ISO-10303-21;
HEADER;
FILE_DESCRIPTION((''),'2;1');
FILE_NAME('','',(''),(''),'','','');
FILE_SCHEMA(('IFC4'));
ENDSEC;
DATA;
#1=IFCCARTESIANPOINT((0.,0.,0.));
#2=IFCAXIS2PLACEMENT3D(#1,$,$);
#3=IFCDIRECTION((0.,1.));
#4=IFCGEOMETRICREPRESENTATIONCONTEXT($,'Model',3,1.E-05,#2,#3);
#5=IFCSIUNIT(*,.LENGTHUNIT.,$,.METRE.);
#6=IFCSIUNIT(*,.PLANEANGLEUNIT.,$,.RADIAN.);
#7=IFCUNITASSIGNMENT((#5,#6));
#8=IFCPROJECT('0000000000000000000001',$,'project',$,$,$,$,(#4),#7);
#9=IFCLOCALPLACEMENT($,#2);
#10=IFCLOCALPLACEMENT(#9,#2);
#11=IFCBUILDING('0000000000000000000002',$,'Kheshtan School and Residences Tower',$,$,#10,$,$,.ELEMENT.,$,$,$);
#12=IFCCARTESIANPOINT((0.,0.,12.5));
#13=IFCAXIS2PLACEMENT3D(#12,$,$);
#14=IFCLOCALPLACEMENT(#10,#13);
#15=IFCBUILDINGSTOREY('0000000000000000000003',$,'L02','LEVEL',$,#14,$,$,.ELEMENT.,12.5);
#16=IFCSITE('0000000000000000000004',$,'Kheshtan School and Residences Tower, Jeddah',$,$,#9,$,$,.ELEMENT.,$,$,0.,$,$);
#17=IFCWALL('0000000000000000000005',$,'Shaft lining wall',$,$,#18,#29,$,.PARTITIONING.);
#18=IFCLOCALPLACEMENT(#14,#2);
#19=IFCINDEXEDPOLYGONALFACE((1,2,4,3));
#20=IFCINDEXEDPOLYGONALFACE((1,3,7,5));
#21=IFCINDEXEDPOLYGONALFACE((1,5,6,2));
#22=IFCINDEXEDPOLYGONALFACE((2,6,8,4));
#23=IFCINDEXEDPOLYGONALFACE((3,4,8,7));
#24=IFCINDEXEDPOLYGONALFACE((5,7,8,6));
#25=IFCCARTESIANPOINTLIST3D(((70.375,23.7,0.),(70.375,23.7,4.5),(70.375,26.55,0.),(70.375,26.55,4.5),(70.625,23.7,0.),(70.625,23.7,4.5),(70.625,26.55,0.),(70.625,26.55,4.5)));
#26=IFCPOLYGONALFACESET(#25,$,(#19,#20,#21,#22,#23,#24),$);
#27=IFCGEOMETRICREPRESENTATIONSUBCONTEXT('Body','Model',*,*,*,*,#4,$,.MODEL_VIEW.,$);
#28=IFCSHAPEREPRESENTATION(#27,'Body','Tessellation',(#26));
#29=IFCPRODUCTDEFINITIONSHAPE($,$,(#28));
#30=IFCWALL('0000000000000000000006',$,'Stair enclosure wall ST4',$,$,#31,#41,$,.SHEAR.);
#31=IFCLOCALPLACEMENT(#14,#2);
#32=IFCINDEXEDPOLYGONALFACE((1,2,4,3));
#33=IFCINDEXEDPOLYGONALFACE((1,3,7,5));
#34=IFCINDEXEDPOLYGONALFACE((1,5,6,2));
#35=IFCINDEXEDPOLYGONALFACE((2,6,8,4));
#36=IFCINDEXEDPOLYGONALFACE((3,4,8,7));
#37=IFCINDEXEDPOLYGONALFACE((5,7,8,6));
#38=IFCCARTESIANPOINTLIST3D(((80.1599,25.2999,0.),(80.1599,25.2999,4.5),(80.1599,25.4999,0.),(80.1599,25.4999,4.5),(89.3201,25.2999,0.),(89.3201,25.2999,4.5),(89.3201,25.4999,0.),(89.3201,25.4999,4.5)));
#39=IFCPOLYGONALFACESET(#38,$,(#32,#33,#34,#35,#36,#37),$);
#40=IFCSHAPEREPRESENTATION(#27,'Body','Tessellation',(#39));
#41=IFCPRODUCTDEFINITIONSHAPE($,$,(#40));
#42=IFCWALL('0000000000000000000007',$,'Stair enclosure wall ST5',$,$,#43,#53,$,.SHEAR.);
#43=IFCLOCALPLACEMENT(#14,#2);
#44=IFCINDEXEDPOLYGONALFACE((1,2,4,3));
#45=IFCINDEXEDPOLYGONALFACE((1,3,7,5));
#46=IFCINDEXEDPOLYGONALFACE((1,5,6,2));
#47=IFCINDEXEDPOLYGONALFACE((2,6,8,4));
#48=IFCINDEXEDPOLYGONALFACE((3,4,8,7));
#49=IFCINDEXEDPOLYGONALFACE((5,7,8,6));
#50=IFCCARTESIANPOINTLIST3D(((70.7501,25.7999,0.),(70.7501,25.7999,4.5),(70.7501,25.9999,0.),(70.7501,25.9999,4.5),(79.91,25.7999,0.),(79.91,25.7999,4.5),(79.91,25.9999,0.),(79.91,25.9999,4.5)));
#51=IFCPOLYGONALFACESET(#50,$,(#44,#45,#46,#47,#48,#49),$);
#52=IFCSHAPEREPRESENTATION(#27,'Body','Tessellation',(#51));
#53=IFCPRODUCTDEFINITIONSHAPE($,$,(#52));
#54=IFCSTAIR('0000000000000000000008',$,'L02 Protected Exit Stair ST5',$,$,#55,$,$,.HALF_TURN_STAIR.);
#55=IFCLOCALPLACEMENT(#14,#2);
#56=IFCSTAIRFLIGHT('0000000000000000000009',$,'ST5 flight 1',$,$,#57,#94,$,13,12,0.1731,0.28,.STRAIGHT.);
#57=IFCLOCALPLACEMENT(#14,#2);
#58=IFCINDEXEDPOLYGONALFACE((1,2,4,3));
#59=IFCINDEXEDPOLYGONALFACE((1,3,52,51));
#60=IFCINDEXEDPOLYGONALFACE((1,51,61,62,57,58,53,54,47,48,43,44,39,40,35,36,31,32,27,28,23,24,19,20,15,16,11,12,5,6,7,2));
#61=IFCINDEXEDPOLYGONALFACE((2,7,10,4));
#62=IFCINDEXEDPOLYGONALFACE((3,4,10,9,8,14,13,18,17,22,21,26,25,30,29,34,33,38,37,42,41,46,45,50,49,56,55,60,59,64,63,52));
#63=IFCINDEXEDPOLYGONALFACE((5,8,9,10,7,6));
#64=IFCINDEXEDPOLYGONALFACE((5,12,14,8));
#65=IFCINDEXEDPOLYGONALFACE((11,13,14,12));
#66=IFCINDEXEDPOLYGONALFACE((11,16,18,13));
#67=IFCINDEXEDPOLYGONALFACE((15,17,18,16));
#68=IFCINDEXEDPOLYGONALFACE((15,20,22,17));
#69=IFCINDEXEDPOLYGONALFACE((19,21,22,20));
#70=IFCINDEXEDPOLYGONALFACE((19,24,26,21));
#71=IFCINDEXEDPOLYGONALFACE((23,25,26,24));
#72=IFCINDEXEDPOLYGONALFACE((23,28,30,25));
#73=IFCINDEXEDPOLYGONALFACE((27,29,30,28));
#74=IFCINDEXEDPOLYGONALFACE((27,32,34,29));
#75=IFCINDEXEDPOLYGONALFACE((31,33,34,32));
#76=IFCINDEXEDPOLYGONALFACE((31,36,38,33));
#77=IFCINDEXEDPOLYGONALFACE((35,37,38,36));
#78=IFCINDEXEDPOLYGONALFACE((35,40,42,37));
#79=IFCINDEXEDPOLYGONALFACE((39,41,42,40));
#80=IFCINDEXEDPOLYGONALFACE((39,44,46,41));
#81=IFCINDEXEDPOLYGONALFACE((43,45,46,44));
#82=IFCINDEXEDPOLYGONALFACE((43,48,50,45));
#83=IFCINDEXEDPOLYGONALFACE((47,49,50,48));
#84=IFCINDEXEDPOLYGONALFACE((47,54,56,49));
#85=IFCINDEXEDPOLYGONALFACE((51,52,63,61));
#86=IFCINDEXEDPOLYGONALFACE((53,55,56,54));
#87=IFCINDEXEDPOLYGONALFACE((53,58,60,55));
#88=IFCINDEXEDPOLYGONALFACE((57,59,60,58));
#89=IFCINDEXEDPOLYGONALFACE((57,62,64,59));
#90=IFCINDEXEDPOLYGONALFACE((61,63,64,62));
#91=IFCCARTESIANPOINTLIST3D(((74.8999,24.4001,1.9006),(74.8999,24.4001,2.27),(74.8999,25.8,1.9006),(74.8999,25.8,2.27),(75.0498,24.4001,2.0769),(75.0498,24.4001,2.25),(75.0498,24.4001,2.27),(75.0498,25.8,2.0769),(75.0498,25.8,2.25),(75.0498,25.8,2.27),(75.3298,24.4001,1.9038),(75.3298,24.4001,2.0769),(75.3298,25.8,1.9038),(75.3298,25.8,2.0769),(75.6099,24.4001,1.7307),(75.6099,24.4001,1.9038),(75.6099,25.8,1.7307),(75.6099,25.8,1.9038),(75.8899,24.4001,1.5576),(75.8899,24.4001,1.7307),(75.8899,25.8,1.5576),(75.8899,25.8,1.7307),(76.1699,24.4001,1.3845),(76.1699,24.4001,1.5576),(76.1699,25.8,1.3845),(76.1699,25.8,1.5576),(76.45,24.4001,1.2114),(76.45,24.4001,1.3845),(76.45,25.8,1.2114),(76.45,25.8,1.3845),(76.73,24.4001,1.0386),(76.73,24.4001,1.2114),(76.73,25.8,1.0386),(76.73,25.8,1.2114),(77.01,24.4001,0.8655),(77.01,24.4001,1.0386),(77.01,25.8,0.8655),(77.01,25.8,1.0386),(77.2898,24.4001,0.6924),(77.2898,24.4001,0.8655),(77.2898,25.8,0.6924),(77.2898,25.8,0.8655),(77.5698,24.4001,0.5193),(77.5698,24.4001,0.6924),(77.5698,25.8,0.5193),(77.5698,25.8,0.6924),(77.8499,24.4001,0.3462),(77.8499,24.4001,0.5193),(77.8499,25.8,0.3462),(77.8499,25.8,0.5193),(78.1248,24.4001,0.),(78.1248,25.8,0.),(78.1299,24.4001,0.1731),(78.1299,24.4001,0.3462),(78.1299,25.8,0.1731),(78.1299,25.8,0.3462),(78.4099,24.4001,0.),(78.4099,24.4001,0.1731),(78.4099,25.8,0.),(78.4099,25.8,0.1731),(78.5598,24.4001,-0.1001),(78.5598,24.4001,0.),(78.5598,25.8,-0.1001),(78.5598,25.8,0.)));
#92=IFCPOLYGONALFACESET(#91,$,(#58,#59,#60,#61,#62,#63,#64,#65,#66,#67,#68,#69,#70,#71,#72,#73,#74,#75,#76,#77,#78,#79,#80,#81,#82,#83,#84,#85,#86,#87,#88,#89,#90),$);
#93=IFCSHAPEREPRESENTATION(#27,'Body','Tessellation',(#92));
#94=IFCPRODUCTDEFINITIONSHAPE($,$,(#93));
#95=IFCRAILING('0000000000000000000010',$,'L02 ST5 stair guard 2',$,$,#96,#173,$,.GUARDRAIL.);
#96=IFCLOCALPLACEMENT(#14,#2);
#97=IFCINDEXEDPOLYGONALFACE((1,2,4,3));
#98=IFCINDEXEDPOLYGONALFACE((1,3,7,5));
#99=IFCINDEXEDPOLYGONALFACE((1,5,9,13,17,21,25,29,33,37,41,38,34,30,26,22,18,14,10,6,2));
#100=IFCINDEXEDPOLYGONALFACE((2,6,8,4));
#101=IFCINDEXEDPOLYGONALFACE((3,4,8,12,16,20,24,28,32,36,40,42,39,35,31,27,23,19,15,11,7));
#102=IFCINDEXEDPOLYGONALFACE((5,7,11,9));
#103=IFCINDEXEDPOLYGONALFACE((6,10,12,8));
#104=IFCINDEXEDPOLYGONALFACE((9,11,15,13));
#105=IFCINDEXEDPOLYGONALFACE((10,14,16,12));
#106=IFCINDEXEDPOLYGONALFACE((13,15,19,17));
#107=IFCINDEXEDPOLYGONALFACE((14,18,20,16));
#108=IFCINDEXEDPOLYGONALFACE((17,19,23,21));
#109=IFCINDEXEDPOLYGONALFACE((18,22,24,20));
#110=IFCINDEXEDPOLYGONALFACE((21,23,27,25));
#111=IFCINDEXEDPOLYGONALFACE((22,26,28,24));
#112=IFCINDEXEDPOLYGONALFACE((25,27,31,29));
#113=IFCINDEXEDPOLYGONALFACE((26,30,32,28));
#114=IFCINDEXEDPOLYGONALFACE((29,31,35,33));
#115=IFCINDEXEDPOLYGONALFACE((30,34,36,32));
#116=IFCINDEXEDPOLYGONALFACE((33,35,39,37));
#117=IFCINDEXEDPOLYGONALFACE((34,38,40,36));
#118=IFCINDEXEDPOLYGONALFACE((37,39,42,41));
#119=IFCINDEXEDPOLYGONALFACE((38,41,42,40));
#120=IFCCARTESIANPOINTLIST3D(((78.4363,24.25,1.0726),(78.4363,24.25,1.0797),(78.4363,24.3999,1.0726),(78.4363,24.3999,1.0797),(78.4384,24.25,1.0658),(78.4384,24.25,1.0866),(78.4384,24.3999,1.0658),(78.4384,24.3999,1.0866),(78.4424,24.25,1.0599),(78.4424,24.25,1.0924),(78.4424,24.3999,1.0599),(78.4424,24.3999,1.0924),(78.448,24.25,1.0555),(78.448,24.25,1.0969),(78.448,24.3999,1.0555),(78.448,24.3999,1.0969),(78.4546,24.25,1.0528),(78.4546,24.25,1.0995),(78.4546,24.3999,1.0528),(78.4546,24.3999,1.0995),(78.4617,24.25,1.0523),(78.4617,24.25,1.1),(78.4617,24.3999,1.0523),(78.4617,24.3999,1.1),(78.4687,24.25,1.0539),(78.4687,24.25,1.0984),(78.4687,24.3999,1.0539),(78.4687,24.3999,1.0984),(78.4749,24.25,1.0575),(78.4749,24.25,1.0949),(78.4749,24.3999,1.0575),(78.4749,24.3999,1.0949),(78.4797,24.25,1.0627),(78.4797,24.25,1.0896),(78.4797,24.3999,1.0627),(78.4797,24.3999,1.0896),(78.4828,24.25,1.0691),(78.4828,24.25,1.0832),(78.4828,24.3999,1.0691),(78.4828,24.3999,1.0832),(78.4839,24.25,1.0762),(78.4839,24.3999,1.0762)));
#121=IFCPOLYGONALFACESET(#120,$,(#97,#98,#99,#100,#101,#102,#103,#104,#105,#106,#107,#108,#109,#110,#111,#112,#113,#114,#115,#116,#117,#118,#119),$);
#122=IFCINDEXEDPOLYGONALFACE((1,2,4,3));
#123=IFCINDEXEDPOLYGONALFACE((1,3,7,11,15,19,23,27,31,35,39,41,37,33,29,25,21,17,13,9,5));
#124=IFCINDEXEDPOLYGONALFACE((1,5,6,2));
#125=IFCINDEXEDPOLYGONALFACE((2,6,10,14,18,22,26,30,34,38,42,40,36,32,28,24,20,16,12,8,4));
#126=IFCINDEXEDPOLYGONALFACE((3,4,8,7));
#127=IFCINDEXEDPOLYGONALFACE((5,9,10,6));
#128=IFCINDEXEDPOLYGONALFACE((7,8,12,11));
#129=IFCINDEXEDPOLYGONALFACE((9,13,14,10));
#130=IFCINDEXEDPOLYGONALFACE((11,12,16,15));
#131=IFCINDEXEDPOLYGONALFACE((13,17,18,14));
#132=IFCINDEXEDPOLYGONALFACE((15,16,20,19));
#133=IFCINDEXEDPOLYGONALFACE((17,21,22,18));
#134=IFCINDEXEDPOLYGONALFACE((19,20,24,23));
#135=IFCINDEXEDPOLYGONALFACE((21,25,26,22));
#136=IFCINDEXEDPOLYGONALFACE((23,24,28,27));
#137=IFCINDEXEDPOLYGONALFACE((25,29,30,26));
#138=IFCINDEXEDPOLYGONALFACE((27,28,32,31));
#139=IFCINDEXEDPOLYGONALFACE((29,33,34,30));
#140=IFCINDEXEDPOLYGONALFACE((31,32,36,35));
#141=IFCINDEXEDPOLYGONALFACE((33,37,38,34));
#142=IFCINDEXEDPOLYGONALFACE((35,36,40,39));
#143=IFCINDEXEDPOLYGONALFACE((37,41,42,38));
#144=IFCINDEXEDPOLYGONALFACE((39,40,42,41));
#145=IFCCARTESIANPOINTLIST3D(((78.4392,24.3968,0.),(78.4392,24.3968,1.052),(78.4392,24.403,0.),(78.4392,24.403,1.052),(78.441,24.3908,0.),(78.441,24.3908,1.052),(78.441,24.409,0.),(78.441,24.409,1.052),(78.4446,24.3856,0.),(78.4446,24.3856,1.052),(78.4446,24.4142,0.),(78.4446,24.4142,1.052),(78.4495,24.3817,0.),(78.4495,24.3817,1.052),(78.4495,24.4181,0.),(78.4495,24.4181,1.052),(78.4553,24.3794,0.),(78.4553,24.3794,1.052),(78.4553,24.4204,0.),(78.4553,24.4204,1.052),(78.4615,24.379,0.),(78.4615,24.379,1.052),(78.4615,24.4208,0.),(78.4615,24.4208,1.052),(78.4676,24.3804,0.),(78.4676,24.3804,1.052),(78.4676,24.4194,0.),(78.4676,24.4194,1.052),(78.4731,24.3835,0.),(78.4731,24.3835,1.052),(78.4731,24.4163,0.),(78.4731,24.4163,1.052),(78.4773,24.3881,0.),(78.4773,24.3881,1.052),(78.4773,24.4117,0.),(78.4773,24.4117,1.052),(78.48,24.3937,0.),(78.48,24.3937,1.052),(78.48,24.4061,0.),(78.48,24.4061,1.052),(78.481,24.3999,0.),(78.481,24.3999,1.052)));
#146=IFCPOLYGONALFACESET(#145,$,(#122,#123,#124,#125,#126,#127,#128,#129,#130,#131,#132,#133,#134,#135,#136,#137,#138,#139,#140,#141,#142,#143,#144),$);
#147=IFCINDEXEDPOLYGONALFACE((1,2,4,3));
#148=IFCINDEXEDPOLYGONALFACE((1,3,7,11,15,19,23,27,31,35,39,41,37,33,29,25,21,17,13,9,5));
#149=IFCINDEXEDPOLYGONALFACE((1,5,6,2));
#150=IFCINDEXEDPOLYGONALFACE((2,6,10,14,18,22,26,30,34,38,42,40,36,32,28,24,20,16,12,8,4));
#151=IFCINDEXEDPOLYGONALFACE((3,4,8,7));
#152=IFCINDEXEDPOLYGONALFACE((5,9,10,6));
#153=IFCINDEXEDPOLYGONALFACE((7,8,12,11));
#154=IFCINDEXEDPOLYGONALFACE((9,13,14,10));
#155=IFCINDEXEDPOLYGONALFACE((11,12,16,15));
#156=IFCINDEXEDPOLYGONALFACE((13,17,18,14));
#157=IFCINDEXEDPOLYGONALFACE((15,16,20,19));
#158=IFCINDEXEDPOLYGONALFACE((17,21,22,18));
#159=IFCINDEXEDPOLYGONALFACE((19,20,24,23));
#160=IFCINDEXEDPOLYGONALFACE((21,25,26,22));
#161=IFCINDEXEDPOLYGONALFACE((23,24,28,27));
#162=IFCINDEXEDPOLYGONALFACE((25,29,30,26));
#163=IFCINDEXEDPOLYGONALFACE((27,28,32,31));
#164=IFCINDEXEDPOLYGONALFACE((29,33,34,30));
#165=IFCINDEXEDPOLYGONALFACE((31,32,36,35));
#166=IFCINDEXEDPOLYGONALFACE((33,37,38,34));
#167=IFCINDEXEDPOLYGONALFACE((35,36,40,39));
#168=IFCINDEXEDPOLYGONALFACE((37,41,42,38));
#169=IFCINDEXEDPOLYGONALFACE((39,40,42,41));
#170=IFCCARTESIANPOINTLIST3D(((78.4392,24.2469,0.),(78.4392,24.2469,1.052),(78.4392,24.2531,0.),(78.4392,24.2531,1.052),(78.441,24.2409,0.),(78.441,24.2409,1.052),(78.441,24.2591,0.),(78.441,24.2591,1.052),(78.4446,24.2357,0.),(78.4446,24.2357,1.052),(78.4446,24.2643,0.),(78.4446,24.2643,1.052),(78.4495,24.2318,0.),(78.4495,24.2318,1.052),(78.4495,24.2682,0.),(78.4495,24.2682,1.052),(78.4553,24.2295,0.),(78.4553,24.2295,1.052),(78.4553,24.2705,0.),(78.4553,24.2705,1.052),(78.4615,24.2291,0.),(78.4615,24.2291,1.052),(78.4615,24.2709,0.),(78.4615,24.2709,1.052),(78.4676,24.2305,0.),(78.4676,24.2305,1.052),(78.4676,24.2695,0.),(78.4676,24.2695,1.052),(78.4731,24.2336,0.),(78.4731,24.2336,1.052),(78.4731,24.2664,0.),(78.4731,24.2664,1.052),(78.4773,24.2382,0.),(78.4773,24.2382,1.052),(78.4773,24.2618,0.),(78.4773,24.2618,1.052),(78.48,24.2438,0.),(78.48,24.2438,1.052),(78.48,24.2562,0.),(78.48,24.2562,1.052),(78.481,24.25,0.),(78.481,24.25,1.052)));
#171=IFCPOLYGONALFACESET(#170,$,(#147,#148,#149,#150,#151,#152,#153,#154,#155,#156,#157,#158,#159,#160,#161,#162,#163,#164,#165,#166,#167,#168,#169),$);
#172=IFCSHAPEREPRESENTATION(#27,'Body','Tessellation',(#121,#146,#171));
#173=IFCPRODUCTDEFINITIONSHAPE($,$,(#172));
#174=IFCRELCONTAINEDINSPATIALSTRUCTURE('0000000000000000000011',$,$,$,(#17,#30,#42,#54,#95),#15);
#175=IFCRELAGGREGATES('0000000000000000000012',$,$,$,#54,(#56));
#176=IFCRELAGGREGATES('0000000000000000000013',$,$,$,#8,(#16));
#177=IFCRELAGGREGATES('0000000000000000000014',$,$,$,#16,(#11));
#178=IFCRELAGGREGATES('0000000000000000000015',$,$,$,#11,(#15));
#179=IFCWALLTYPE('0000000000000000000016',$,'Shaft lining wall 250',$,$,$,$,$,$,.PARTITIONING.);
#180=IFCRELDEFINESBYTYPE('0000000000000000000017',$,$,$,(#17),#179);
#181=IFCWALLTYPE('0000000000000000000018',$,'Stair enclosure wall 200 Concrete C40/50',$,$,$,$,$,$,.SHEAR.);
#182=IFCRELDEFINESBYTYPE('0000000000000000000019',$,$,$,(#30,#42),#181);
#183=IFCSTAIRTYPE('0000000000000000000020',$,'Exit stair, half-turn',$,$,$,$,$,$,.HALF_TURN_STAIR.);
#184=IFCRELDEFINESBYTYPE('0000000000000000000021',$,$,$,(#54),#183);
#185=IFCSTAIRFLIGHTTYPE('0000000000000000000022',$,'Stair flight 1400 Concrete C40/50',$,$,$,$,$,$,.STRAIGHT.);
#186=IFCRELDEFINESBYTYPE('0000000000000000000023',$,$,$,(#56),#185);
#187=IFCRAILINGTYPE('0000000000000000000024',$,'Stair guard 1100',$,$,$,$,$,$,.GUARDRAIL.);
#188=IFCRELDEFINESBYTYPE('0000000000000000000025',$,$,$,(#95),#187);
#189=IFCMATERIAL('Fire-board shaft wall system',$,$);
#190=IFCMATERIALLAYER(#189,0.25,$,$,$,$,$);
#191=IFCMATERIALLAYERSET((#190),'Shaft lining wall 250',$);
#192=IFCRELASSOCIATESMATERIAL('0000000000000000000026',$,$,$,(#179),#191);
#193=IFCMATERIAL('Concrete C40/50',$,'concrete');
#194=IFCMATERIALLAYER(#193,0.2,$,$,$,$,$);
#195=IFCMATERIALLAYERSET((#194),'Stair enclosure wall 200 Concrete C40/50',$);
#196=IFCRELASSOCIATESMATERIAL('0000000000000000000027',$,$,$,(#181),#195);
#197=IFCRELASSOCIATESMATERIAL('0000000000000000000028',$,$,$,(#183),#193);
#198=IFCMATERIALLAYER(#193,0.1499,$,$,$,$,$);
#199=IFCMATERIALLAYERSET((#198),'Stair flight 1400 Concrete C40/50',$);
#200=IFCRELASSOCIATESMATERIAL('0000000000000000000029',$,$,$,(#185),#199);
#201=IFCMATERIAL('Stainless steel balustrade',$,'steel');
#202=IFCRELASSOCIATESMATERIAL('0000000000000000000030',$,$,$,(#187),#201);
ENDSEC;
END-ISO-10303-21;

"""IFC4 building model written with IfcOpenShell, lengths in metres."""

from ifc_helpers import new_model, si_unit, direction, frame, frame_2d, origin, origin_2d, place, context, subcontext, project, spatial, polyline, rectangle, circle, outline, extrude, material, layer, layer_set, type_object, element, aggregate, save


model = new_model("IFC4")

# Units and contexts
model_context = context("Model", 3, precision=1e-05, world=origin(), true_north=direction((0.0, 1.0)))
body_context = subcontext(model_context, "Body", "Model", "MODEL_VIEW")
ifc_project = project(units=[si_unit("LENGTHUNIT", "METRE"), si_unit("PLANEANGLEUNIT", "RADIAN")], contexts=[model_context])

# Site, building, storey
site_placement = place(None, origin())
site = spatial("IfcSite", under=ifc_project, at=site_placement, Name="Kheshtan School and Residences Tower, Jeddah", CompositionType="ELEMENT", RefElevation=0.0)
building_placement = place(site_placement, origin())
building = spatial("IfcBuilding", under=site, at=building_placement, Name="Kheshtan School and Residences Tower", CompositionType="ELEMENT")
storey_placement = place(building_placement, frame((0.0, 0.0, 12.5)))
storey = spatial("IfcBuildingStorey", under=building, at=storey_placement, Name="L02", Description="LEVEL", CompositionType="ELEMENT", Elevation=12.5)

# Walls
ifc_material_1 = material(Name="Fire-board shaft wall system")
ifc_layer_1 = layer(ifc_material_1, 0.25)
ifc_layer_set_1 = layer_set([ifc_layer_1], Name="Shaft lining wall 250")
wall_type_1 = type_object("IfcWallType", Name="Shaft lining wall 250", PredefinedType="PARTITIONING", material=ifc_layer_set_1)
wall_1_placement = place(storey_placement, frame((70.5, 23.7, 0.0), z_axis=(0.0, 0.0, 1.0), x_axis=(0.0, 1.0, 0.0)))
element("IfcWall", 1, at=wall_1_placement, inside=storey, type_object=wall_type_1, Name="Shaft lining wall", PredefinedType="PARTITIONING", context=body_context, shape_type="SweptSolid", body=[
    extrude(rectangle(XDim=2.8501, YDim=0.25, at=frame_2d((1.425, 0.0))), origin(), (0.0, 0.0, 1.0), 4.5),
])
ifc_material_2 = material(Name="Concrete C40/50", Category="concrete")
ifc_layer_2 = layer(ifc_material_2, 0.2)
ifc_layer_set_2 = layer_set([ifc_layer_2], Name="Stair enclosure wall 200 Concrete C40/50")
wall_type_2 = type_object("IfcWallType", Name="Stair enclosure wall 200 Concrete C40/50", PredefinedType="SHEAR", material=ifc_layer_set_2)
wall_2_placement = place(storey_placement, frame((80.1599, 25.3999, 0.0), z_axis=(0.0, 0.0, 1.0), x_axis=(1.0, 0.0, 0.0)))
element("IfcWall", 2, at=wall_2_placement, inside=storey, type_object=wall_type_2, Name="Stair enclosure wall ST4", PredefinedType="SHEAR", context=body_context, shape_type="SweptSolid", body=[
    extrude(rectangle(XDim=9.1602, YDim=0.2, at=frame_2d((4.5801, 0.0))), origin(), (0.0, 0.0, 1.0), 4.5),
])
wall_3_placement = place(storey_placement, frame((70.75, 25.8999, 0.0), z_axis=(0.0, 0.0, 1.0), x_axis=(1.0, 0.0, 0.0)))
element("IfcWall", 3, at=wall_3_placement, inside=storey, type_object=wall_type_2, Name="Stair enclosure wall ST5", PredefinedType="SHEAR", context=body_context, shape_type="SweptSolid", body=[
    extrude(rectangle(XDim=9.1599, YDim=0.2, at=frame_2d((4.5801, 0.0))), origin(), (0.0, 0.0, 1.0), 4.5),
])

# Stair, stair flight
stair_type = type_object("IfcStairType", Name="Exit stair, half-turn", PredefinedType="HALF_TURN_STAIR", material=ifc_material_2)
stair_placement = place(storey_placement, origin())
stair = element("IfcStair", 4, at=stair_placement, inside=storey, type_object=stair_type, Name="L02 Protected Exit Stair ST5", PredefinedType="HALF_TURN_STAIR")
ifc_layer_3 = layer(ifc_material_2, 0.1499)
ifc_layer_set_3 = layer_set([ifc_layer_3], Name="Stair flight 1400 Concrete C40/50")
stair_flight_type = type_object("IfcStairFlightType", Name="Stair flight 1400 Concrete C40/50", PredefinedType="STRAIGHT", material=ifc_layer_set_3)
stair_flight_placement = place(storey_placement, frame((78.4099, 25.1001, 0.0), z_axis=(0.0, 0.0, 1.0), x_axis=(-1.0, 0.0, 0.0)))
stair_flight = element("IfcStairFlight", 5, at=stair_flight_placement, type_object=stair_flight_type, Name="ST5 flight 1", NumberOfRisers=13, NumberOfTreads=12, PredefinedType="STRAIGHT", RiserHeight=0.1731, TreadLength=0.28, context=body_context, shape_type="SweptSolid", body=[
    extrude(outline(polyline([(-0.1499, -0.1001), (-0.1499, 0.0), (0.0, 0.0), (0.0, 0.1731), (0.28, 0.1731), (0.28, 0.3462), (0.5601, 0.3462), (0.5601, 0.5193), (0.8401, 0.5193), (0.8401, 0.6924), (1.1201, 0.6924), (1.1201, 0.8655), (1.3999, 0.8655), (1.3999, 1.0386), (1.6799, 1.0386), (1.6799, 1.2114), (1.96, 1.2114), (1.96, 1.3845), (2.24, 1.3845), (2.24, 1.5576), (2.52, 1.5576), (2.52, 1.7307), (2.8, 1.7307), (2.8, 1.9038), (3.0801, 1.9038), (3.0801, 2.0769), (3.3601, 2.0769), (3.3601, 2.25), (3.3601, 2.27), (3.51, 2.27), (3.51, 1.9006), (0.2852, 0.0), (-0.1499, -0.1001)])), frame((0.0, 0.7, 0.0), z_axis=(0.0, -1.0, 0.0), x_axis=(1.0, 0.0, 0.0)), (0.0, 0.0, 1.0), 1.3999),
])
aggregate(stair, [stair_flight])

# Railing
ifc_material_3 = material(Name="Stainless steel balustrade", Category="steel")
railing_type_1 = type_object("IfcRailingType", Name="Stair guard 1100", PredefinedType="GUARDRAIL", material=ifc_material_3)
railing_1_placement = place(storey_placement, frame((78.46, 24.3999, 0.0)))
element("IfcRailing", 6, at=railing_1_placement, inside=storey, type_object=railing_type_1, Name="L02 ST5 stair guard 2", PredefinedType="GUARDRAIL", context=body_context, shape_type="SweptSolid", body=[
    extrude(circle(Radius=0.0239, at=origin_2d()), frame((0.0, 0.0, 1.0762), z_axis=(0.0, -1.0, 0.0), x_axis=(1.0, 0.0, 0.0)), (0.0, 0.0, 1.0), 0.1499),
    extrude(circle(Radius=0.021, at=origin_2d()), origin(), (0.0, 0.0, 1.0), 1.052),
    extrude(circle(Radius=0.021, at=origin_2d()), frame((0.0, -0.1499, 0.0)), (0.0, 0.0, 1.0), 1.052),
])

save(model, "model.ifc")
